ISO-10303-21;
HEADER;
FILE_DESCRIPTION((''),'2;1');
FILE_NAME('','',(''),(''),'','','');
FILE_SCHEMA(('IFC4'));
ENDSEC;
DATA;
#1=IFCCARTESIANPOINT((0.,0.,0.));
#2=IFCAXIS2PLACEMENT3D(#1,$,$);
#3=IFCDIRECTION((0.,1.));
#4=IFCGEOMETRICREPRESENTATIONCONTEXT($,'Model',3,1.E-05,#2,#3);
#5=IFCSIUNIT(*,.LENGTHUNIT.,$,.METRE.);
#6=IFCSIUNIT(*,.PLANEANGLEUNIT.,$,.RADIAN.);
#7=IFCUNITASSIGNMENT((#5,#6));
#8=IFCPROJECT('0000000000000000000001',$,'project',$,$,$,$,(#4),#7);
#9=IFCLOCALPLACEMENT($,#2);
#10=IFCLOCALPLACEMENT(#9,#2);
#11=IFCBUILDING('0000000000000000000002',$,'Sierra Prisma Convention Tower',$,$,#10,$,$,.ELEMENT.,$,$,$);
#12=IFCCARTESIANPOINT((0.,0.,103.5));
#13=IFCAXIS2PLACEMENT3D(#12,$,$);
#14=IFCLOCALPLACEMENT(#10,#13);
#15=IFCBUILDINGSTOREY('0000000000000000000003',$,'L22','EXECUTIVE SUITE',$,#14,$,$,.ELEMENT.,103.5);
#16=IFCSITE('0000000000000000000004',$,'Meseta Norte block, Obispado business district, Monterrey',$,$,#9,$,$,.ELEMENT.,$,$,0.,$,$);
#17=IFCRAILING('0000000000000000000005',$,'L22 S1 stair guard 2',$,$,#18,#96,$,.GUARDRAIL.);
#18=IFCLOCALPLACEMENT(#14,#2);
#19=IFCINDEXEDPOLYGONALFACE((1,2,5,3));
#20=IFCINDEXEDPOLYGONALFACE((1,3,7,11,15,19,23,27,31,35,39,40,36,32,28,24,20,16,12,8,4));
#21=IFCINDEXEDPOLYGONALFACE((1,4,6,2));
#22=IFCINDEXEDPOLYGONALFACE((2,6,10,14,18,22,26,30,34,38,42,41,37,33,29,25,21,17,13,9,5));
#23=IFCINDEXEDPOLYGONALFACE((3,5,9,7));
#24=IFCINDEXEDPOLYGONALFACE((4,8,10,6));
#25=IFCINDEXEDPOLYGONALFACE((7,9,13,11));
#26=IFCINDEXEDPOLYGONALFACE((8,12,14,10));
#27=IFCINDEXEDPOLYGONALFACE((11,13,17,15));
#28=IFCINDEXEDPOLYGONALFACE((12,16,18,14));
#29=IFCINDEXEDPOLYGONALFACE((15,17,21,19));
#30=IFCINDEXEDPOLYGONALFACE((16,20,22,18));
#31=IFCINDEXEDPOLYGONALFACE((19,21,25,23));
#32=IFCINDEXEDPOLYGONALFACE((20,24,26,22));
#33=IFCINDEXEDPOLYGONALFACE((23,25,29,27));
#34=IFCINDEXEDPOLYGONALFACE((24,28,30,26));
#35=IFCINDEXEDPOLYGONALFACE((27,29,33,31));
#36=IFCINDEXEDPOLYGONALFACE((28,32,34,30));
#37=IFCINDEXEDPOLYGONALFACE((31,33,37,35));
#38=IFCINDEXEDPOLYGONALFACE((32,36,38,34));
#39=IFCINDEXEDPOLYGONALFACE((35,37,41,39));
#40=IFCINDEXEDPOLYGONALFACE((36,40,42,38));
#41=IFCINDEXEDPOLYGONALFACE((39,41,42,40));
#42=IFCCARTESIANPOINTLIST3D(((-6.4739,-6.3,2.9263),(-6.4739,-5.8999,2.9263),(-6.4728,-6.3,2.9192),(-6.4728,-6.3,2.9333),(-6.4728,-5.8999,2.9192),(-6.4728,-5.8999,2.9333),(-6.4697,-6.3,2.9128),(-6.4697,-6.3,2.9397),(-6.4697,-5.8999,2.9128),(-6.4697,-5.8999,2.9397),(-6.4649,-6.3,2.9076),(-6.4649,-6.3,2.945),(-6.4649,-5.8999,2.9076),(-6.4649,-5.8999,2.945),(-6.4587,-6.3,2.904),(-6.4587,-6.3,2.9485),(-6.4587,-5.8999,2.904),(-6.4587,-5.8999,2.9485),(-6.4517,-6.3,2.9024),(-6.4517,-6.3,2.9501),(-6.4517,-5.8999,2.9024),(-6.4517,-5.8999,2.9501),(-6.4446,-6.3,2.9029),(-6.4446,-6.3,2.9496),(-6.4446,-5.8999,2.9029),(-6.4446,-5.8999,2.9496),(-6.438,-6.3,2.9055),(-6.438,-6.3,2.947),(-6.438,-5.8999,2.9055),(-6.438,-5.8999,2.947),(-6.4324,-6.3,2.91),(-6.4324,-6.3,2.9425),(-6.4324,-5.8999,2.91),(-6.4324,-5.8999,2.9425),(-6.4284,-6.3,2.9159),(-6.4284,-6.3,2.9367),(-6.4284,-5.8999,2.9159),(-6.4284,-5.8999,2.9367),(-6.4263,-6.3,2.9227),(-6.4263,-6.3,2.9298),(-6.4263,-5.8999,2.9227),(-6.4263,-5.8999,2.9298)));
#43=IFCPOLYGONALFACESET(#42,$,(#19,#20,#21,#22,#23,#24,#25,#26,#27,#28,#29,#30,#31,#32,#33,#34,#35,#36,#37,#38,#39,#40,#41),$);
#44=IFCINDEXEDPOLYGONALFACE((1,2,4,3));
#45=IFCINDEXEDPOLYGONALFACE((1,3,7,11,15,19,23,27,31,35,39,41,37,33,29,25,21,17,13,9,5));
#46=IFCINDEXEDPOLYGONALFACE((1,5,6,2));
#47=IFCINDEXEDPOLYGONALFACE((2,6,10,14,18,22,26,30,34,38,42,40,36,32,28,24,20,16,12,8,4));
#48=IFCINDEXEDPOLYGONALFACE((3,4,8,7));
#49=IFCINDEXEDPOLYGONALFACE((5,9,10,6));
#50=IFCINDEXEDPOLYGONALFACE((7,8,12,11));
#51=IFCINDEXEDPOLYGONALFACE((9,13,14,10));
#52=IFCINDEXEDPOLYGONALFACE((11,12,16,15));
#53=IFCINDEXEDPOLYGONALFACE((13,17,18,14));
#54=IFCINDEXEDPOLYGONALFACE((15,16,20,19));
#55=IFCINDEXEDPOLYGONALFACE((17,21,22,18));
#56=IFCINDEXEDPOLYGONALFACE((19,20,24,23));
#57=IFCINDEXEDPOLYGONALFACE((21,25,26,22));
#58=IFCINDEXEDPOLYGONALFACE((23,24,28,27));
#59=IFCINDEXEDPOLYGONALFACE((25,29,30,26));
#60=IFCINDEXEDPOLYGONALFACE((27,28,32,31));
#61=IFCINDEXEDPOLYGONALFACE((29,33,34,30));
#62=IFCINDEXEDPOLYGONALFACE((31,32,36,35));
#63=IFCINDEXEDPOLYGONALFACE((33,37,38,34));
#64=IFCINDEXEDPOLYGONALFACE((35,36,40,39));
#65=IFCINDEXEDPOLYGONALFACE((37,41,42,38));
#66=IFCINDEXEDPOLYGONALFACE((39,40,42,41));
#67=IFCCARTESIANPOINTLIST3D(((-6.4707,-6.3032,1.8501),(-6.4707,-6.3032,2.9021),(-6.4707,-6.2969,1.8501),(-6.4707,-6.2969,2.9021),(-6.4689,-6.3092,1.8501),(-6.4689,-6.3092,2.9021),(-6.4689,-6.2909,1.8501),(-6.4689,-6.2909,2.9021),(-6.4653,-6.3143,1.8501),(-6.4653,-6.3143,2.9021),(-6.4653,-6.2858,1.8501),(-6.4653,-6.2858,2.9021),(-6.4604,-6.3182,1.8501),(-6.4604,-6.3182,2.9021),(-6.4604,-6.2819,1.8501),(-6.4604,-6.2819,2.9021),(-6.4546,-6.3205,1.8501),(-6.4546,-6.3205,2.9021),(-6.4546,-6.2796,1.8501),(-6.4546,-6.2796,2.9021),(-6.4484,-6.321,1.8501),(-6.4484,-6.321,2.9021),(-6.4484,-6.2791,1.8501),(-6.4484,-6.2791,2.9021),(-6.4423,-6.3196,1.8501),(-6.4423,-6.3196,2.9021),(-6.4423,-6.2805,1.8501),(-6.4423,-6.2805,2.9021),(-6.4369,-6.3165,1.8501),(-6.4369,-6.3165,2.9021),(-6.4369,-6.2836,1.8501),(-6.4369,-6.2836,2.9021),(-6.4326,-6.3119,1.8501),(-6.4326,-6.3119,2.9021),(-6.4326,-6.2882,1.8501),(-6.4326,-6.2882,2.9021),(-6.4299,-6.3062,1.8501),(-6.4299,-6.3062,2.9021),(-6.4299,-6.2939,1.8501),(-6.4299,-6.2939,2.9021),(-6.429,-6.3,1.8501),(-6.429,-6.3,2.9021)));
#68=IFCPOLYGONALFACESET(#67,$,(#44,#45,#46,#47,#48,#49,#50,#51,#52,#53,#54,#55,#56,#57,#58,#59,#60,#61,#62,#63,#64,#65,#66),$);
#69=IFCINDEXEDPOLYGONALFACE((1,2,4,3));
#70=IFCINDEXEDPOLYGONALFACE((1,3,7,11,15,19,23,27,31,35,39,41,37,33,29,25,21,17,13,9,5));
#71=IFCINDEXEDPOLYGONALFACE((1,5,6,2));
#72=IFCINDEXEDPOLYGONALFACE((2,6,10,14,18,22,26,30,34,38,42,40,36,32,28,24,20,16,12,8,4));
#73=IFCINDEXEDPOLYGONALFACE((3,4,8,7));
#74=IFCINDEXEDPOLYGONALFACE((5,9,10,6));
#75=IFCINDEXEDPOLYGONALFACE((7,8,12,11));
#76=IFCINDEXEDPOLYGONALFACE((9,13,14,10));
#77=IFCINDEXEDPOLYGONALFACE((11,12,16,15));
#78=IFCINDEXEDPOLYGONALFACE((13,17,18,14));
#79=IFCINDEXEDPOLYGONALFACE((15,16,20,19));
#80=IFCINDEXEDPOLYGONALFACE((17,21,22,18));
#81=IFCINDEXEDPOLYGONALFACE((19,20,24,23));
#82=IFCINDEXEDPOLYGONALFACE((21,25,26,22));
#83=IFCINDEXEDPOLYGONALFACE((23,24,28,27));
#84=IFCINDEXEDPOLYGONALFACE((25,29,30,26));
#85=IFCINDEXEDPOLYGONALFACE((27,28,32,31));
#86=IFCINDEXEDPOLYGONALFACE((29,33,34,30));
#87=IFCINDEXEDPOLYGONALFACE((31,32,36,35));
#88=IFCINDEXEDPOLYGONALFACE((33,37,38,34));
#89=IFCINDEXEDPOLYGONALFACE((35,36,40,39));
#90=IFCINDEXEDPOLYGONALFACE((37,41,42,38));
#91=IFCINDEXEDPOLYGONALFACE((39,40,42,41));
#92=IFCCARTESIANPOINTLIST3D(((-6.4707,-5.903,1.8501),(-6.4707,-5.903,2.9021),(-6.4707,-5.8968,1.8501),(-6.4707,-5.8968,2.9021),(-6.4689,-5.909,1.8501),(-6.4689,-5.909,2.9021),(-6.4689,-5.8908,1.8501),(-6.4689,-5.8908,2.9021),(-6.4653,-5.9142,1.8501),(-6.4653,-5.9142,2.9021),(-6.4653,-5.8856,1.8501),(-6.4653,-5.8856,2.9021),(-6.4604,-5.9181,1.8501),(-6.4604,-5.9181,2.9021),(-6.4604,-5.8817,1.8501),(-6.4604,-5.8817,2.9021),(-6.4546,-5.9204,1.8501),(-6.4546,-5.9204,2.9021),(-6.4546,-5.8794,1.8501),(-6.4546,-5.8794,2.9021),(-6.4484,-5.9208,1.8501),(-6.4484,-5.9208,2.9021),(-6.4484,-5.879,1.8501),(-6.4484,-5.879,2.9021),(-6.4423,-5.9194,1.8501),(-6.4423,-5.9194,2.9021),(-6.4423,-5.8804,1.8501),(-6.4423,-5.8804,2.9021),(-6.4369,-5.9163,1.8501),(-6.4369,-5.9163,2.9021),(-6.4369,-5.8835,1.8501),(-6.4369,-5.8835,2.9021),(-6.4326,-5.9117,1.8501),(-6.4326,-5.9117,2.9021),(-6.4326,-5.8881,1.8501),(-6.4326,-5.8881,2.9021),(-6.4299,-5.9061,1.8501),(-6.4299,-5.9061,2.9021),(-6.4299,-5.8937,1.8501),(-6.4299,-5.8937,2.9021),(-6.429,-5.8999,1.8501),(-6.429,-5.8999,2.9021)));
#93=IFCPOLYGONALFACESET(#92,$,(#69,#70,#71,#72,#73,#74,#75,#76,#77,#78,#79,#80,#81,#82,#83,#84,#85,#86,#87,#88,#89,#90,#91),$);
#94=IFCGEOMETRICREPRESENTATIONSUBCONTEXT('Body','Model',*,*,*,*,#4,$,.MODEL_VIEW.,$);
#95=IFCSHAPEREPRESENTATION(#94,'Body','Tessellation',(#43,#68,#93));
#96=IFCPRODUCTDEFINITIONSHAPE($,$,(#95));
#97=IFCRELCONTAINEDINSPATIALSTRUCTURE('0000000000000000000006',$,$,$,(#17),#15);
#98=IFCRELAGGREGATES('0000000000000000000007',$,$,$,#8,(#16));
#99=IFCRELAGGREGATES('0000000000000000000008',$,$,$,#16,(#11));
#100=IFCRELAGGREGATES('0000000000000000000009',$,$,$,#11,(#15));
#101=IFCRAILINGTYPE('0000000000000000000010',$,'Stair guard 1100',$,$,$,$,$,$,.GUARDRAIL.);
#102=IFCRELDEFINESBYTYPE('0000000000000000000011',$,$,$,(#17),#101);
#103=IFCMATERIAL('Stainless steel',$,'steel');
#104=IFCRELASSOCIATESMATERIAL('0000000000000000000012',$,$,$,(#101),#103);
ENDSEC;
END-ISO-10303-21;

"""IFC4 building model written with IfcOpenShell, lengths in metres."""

from ifc_helpers import new_model, si_unit, direction, frame, origin, origin_2d, place, context, subcontext, project, spatial, circle, extrude, material, type_object, element, save


model = new_model("IFC4")

# Units and contexts
model_context = context("Model", 3, precision=1e-05, world=origin(), true_north=direction((0.0, 1.0)))
body_context = subcontext(model_context, "Body", "Model", "MODEL_VIEW")
ifc_project = project(units=[si_unit("LENGTHUNIT", "METRE"), si_unit("PLANEANGLEUNIT", "RADIAN")], contexts=[model_context])

# Site, building, storey
site_placement = place(None, origin())
site = spatial("IfcSite", under=ifc_project, at=site_placement, Name="Meseta Norte block, Obispado business district, Monterrey", CompositionType="ELEMENT", RefElevation=0.0)
building_placement = place(site_placement, origin())
building = spatial("IfcBuilding", under=site, at=building_placement, Name="Sierra Prisma Convention Tower", CompositionType="ELEMENT")
storey_placement = place(building_placement, frame((0.0, 0.0, 103.5)))
storey = spatial("IfcBuildingStorey", under=building, at=storey_placement, Name="L22", Description="EXECUTIVE SUITE", CompositionType="ELEMENT", Elevation=103.5)

# Railing
ifc_material_1 = material(Name="Stainless steel", Category="steel")
railing_type_1 = type_object("IfcRailingType", Name="Stair guard 1100", PredefinedType="GUARDRAIL", material=ifc_material_1)
railing_1_placement = place(storey_placement, frame((-6.45, -6.3, 1.8501)))
element("IfcRailing", 1, at=railing_1_placement, inside=storey, type_object=railing_type_1, Name="L22 S1 stair guard 2", PredefinedType="GUARDRAIL", context=body_context, shape_type="SweptSolid", body=[
    extrude(circle(Radius=0.0239, at=origin_2d()), frame((0.0, 0.0, 1.0762), z_axis=(0.0, 1.0, 0.0), x_axis=(-1.0, 0.0, 0.0)), (0.0, 0.0, 1.0), 0.4001),
    extrude(circle(Radius=0.021, at=origin_2d()), origin(), (0.0, 0.0, 1.0), 1.052),
    extrude(circle(Radius=0.021, at=origin_2d()), frame((0.0, 0.4001, 0.0)), (0.0, 0.0, 1.0), 1.052),
])

save(model, "model.ifc")
